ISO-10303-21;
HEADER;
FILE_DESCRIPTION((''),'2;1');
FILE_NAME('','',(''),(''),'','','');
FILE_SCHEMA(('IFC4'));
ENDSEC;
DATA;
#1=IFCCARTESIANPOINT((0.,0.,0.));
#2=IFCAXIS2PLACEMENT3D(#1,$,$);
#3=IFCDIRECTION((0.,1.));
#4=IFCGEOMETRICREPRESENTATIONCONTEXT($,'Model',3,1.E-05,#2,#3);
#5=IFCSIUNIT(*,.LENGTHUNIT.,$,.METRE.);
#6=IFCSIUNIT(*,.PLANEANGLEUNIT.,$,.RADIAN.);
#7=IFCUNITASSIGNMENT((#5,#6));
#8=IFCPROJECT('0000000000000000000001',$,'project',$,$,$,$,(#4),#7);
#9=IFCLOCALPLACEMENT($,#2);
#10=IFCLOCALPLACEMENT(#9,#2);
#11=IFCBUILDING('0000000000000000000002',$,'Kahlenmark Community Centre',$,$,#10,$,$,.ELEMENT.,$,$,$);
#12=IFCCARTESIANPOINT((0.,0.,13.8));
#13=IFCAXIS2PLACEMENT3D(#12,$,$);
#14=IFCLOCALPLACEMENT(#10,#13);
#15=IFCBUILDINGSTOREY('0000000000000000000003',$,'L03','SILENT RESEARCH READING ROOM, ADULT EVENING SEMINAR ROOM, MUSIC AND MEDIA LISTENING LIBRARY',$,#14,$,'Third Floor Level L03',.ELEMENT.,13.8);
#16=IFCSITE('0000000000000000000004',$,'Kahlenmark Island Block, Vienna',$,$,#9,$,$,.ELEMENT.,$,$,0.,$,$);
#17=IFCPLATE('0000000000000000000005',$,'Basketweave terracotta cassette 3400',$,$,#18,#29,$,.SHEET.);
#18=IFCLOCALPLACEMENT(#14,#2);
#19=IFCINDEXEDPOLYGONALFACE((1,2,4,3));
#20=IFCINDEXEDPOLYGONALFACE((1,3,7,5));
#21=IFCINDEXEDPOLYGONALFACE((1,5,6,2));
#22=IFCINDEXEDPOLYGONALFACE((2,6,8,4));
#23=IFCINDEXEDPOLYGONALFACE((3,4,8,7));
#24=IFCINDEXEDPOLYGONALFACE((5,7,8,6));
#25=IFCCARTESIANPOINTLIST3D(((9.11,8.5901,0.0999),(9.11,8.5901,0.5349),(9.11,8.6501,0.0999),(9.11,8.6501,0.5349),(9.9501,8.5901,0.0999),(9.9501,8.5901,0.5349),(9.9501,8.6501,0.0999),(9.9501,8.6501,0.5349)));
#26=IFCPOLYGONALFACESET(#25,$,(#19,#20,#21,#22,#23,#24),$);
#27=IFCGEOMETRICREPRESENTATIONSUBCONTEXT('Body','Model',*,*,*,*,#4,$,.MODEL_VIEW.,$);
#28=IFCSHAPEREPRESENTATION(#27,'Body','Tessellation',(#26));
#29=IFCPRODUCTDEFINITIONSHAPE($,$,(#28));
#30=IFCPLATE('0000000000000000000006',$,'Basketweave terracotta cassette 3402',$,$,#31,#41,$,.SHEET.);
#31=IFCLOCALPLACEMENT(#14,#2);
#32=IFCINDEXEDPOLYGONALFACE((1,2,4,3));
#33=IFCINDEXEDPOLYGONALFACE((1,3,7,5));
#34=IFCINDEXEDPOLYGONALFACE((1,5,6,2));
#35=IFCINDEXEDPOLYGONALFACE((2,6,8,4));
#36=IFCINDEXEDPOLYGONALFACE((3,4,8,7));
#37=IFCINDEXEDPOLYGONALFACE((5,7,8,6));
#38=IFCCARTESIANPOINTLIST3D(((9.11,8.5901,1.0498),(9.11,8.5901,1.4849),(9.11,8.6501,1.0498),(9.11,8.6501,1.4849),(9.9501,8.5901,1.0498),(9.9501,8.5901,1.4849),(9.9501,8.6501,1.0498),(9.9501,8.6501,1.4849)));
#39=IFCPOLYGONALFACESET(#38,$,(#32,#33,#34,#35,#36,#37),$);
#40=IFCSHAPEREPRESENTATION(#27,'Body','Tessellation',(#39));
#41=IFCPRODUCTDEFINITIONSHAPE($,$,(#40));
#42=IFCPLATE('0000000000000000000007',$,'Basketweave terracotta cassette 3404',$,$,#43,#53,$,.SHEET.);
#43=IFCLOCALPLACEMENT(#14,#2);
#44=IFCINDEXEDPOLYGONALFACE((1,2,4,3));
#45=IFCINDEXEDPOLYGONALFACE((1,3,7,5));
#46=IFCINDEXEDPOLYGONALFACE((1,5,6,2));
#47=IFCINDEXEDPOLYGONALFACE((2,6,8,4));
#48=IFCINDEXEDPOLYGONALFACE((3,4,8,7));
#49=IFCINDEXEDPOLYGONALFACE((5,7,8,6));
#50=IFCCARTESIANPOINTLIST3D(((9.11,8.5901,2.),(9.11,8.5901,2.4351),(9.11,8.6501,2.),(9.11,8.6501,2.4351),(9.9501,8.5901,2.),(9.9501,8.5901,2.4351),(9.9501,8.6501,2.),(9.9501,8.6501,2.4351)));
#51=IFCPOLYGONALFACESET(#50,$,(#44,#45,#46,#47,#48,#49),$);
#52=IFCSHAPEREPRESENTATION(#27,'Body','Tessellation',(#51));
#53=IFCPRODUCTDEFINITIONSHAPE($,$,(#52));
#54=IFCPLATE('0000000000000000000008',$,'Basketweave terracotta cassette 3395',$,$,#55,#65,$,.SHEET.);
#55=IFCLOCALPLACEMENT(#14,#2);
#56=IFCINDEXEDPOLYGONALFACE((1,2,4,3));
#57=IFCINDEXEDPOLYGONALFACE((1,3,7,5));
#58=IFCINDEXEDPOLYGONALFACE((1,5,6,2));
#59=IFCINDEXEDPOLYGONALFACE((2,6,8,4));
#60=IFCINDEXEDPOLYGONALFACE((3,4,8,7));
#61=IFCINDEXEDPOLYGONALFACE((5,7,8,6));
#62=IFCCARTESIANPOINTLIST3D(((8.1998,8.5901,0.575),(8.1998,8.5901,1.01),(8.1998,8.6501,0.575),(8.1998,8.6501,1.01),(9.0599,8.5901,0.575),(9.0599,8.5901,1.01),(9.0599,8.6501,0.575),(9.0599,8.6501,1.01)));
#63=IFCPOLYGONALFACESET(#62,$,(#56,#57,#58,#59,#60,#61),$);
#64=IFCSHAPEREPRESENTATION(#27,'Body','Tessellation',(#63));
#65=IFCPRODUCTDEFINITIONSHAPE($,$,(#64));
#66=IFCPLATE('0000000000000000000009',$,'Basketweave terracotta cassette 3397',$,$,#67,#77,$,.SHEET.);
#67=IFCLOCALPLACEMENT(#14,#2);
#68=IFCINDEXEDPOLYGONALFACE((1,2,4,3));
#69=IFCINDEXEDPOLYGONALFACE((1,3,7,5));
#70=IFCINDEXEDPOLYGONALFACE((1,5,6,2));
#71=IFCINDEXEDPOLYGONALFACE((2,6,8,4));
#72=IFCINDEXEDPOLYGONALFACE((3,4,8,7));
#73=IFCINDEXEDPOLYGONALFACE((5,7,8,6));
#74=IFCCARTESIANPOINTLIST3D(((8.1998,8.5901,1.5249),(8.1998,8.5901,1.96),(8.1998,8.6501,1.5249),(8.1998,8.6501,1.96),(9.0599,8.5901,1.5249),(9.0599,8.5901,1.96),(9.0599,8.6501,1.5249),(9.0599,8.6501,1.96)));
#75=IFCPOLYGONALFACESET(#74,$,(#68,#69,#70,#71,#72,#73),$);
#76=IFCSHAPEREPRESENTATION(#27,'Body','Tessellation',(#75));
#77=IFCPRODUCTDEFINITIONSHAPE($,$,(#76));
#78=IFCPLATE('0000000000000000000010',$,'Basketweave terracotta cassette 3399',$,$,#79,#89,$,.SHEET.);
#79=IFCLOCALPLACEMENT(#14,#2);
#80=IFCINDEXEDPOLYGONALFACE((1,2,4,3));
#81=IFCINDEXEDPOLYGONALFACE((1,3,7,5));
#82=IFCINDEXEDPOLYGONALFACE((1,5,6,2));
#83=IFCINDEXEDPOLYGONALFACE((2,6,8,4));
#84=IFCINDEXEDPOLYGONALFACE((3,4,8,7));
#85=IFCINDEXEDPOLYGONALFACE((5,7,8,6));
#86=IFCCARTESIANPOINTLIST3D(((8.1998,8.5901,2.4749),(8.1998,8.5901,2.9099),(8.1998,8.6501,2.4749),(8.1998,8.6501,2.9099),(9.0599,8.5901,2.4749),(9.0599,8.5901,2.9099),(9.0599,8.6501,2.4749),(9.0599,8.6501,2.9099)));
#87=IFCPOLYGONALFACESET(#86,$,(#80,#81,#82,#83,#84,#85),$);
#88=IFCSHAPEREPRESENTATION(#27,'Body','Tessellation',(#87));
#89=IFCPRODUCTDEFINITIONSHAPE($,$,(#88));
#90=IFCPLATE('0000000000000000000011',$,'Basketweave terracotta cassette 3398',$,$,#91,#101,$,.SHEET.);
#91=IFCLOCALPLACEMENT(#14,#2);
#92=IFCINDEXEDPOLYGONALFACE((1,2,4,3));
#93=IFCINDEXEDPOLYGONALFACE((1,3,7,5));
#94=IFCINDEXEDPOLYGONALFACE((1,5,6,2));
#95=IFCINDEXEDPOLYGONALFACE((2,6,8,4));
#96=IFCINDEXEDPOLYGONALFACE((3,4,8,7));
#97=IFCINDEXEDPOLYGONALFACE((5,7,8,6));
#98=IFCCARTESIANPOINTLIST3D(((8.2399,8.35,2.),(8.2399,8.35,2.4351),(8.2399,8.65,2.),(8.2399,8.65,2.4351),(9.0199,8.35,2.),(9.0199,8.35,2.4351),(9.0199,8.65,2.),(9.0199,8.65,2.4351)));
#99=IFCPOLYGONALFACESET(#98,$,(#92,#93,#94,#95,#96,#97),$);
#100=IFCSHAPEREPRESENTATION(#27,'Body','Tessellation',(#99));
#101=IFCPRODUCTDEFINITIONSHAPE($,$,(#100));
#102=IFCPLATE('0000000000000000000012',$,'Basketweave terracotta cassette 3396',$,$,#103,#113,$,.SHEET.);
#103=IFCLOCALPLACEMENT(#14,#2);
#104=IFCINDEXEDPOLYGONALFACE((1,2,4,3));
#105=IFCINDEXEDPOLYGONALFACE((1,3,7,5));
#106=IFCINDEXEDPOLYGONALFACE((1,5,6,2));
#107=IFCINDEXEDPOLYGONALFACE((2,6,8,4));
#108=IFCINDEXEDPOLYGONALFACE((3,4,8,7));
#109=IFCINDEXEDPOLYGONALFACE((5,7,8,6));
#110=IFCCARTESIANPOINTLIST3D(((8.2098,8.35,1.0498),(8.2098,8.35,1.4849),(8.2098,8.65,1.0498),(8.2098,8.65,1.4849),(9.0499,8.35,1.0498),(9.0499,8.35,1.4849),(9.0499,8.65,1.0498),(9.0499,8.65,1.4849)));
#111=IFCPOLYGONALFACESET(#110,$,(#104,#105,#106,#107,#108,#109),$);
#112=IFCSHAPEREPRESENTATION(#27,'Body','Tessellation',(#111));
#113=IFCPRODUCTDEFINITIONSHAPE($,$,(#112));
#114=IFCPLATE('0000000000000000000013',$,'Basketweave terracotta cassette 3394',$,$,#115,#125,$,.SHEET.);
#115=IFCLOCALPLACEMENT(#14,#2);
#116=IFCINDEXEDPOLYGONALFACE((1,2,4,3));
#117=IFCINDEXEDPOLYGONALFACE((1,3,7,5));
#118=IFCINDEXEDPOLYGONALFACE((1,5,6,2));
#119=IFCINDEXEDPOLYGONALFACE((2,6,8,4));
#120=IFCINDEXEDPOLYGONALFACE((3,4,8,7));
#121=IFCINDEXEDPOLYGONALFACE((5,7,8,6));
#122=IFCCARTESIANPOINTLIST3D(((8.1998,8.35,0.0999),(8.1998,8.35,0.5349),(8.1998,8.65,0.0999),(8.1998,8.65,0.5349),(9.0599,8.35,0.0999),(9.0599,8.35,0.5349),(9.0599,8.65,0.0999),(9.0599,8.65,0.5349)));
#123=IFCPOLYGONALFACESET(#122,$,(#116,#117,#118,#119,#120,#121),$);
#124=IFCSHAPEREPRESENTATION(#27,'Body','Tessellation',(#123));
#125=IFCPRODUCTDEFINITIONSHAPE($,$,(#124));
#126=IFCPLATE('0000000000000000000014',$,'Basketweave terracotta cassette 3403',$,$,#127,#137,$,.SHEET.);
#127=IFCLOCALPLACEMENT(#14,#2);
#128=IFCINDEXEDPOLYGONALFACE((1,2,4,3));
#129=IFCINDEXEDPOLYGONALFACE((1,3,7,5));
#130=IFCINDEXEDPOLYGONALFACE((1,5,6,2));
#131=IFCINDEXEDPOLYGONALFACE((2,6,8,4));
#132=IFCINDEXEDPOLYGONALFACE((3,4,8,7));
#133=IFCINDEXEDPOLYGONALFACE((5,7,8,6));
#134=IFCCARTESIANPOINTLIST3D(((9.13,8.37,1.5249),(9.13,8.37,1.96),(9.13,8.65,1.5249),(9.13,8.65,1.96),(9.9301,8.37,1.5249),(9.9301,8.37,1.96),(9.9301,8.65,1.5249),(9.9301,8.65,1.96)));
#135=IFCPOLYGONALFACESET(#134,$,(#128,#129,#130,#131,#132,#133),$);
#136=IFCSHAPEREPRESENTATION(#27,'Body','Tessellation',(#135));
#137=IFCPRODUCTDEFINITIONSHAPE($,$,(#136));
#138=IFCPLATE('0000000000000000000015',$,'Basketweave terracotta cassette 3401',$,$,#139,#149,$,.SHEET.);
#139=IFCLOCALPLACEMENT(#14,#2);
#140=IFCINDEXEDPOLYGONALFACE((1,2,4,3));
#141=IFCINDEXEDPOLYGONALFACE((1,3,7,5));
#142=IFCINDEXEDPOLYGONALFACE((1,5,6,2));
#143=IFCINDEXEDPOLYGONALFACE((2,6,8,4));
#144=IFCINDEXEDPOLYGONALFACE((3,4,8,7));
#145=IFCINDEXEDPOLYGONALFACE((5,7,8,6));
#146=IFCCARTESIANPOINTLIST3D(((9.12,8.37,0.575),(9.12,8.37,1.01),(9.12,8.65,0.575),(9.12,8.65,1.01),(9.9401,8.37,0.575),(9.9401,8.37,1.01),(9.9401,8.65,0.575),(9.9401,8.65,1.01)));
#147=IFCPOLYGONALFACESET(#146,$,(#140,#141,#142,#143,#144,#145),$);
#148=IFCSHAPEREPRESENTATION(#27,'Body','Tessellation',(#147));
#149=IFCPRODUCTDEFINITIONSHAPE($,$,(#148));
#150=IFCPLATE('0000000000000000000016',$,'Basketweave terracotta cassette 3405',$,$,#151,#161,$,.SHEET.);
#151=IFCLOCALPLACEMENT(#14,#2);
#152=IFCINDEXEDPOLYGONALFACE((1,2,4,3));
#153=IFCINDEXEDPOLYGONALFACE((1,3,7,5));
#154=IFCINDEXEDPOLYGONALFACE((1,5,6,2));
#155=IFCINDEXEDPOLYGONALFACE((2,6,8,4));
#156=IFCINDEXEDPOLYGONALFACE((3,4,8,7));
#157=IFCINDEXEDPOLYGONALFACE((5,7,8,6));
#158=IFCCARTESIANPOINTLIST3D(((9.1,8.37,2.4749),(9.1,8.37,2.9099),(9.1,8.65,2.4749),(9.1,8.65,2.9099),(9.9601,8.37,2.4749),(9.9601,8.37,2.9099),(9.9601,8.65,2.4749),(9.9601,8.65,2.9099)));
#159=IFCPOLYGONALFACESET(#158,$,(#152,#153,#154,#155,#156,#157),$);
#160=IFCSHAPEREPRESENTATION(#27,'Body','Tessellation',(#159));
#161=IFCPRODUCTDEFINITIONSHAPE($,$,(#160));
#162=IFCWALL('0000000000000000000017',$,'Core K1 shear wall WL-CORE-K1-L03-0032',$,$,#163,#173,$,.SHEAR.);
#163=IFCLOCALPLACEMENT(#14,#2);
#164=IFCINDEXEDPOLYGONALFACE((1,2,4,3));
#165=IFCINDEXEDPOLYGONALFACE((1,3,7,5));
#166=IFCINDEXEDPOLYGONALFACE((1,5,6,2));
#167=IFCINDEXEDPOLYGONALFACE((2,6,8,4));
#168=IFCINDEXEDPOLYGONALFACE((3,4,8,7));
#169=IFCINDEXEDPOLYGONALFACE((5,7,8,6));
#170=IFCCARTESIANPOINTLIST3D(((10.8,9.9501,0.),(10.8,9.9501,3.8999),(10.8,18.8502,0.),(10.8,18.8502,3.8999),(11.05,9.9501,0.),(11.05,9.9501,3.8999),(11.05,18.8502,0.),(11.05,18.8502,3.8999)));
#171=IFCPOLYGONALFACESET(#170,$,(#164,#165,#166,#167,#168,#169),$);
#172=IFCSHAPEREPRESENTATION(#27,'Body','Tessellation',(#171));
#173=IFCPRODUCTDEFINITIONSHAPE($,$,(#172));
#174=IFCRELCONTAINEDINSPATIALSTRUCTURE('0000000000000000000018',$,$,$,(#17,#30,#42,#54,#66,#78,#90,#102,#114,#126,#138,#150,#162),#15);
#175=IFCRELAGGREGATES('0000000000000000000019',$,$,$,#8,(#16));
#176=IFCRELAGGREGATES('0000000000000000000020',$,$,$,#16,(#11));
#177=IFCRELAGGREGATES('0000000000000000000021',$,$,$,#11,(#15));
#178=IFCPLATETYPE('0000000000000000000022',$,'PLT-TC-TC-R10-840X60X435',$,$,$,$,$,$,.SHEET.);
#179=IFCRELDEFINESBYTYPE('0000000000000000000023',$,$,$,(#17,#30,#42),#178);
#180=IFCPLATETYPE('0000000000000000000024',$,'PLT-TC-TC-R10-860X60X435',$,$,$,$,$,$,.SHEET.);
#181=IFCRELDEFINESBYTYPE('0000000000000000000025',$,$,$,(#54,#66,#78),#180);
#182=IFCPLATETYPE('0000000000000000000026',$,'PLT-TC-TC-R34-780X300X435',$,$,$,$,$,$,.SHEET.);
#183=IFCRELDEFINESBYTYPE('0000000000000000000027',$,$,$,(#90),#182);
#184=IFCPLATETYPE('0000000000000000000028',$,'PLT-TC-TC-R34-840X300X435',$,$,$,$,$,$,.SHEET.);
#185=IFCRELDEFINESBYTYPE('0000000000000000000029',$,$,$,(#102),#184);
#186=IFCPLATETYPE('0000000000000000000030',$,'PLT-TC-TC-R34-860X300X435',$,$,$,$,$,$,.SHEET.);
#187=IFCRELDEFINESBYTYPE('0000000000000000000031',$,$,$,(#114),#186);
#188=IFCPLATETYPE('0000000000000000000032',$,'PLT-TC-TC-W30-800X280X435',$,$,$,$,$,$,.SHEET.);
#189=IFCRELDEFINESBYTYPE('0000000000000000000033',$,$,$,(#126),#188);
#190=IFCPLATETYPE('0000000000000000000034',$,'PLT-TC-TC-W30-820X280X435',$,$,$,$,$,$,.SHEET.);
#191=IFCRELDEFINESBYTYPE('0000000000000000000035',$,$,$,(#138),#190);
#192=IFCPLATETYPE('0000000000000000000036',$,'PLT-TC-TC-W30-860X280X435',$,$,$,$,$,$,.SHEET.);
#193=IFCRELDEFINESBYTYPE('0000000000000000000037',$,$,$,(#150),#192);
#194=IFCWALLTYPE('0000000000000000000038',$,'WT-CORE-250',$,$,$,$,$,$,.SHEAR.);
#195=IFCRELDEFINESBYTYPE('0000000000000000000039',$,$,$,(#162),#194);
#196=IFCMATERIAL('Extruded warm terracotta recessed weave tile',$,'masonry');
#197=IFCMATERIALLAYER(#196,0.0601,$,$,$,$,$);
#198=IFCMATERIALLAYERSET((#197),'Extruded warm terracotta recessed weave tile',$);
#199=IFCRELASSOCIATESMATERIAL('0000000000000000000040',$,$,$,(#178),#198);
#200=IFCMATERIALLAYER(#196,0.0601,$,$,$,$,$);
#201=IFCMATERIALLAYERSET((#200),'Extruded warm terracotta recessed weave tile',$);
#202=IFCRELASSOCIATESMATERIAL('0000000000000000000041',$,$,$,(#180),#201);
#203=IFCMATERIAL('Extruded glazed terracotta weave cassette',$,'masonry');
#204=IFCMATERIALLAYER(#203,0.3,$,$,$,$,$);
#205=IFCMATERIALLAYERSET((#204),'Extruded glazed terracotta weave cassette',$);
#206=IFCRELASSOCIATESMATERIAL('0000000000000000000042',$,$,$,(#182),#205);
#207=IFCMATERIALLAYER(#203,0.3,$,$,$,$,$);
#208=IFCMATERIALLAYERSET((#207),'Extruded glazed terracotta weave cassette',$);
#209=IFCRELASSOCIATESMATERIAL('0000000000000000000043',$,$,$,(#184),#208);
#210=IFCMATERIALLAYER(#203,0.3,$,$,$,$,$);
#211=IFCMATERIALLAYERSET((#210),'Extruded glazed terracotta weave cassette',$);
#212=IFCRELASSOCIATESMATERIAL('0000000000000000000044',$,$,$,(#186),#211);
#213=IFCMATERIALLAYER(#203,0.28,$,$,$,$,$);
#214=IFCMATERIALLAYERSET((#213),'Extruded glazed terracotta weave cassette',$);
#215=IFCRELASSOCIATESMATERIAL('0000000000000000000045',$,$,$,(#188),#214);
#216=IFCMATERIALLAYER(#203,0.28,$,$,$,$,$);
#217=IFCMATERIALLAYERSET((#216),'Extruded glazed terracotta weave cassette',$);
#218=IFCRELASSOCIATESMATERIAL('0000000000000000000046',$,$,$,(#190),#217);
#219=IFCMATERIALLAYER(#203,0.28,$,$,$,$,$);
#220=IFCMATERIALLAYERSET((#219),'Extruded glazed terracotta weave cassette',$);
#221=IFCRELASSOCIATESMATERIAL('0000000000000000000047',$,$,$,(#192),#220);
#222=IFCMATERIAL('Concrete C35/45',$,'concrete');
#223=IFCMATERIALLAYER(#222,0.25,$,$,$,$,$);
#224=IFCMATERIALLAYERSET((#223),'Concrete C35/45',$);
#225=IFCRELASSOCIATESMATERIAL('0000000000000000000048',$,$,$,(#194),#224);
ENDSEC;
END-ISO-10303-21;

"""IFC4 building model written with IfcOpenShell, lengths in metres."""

from ifc_helpers import new_model, si_unit, direction, frame, frame_2d, origin, origin_2d, place, context, subcontext, project, spatial, rectangle, extrude, material, layer, layer_set, type_object, element, save


model = new_model("IFC4")

# Units and contexts
model_context = context("Model", 3, precision=1e-05, world=origin(), true_north=direction((0.0, 1.0)))
body_context = subcontext(model_context, "Body", "Model", "MODEL_VIEW")
ifc_project = project(units=[si_unit("LENGTHUNIT", "METRE"), si_unit("PLANEANGLEUNIT", "RADIAN")], contexts=[model_context])

# Site, building, storey
site_placement = place(None, origin())
site = spatial("IfcSite", under=ifc_project, at=site_placement, Name="Kahlenmark Island Block, Vienna", CompositionType="ELEMENT", RefElevation=0.0)
building_placement = place(site_placement, origin())
building = spatial("IfcBuilding", under=site, at=building_placement, Name="Kahlenmark Community Centre", CompositionType="ELEMENT")
storey_placement = place(building_placement, frame((0.0, 0.0, 13.8)))
storey = spatial("IfcBuildingStorey", under=building, at=storey_placement, Name="L03", Description="SILENT RESEARCH READING ROOM, ADULT EVENING SEMINAR ROOM, MUSIC AND MEDIA LISTENING LIBRARY", LongName="Third Floor Level L03", CompositionType="ELEMENT", Elevation=13.8)

# Plates
ifc_material_1 = material(Name="Extruded warm terracotta recessed weave tile", Category="masonry")
ifc_layer_1 = layer(ifc_material_1, 0.0601)
ifc_layer_set_1 = layer_set([ifc_layer_1], Name="Extruded warm terracotta recessed weave tile")
plate_type_1 = type_object("IfcPlateType", Name="PLT-TC-TC-R10-840X60X435", PredefinedType="SHEET", material=ifc_layer_set_1)
for number, where, z_axis, x_axis, name in (
    (1, (9.53, 8.6201, 0.0999), (0.0, 0.0, 1.0), (1.0, 0.0, 0.0), "Basketweave terracotta cassette 3400"),
    (2, (9.53, 8.6201, 1.0498), (0.0, 0.0, 1.0), (1.0, 0.0, 0.0), "Basketweave terracotta cassette 3402"),
    (3, (9.53, 8.6201, 2.0), (0.0, 0.0, 1.0), (1.0, 0.0, 0.0), "Basketweave terracotta cassette 3404"),
):
    element("IfcPlate", number, at=place(storey_placement, frame(where, z_axis=z_axis, x_axis=x_axis)), inside=storey, type_object=plate_type_1, Name=name, PredefinedType="SHEET", context=body_context, shape_type="SweptSolid", body=[
        extrude(rectangle(XDim=0.8401, YDim=0.0601, at=origin_2d()), origin(), (0.0, 0.0, 1.0), 0.4351),
    ])
ifc_layer_2 = layer(ifc_material_1, 0.0601)
ifc_layer_set_2 = layer_set([ifc_layer_2], Name="Extruded warm terracotta recessed weave tile")
plate_type_2 = type_object("IfcPlateType", Name="PLT-TC-TC-R10-860X60X435", PredefinedType="SHEET", material=ifc_layer_set_2)
for number, where, z_axis, x_axis, name in (
    (4, (8.6299, 8.6201, 0.575), (0.0, 0.0, 1.0), (1.0, 0.0, 0.0), "Basketweave terracotta cassette 3395"),
    (5, (8.6299, 8.6201, 1.5249), (0.0, 0.0, 1.0), (1.0, 0.0, 0.0), "Basketweave terracotta cassette 3397"),
    (6, (8.6299, 8.6201, 2.4749), (0.0, 0.0, 1.0), (1.0, 0.0, 0.0), "Basketweave terracotta cassette 3399"),
):
    element("IfcPlate", number, at=place(storey_placement, frame(where, z_axis=z_axis, x_axis=x_axis)), inside=storey, type_object=plate_type_2, Name=name, PredefinedType="SHEET", context=body_context, shape_type="SweptSolid", body=[
        extrude(rectangle(XDim=0.8601, YDim=0.0601, at=origin_2d()), origin(), (0.0, 0.0, 1.0), 0.4351),
    ])
ifc_material_2 = material(Name="Extruded glazed terracotta weave cassette", Category="masonry")
ifc_layer_3 = layer(ifc_material_2, 0.3)
ifc_layer_set_3 = layer_set([ifc_layer_3], Name="Extruded glazed terracotta weave cassette")
plate_type_3 = type_object("IfcPlateType", Name="PLT-TC-TC-R34-780X300X435", PredefinedType="SHEET", material=ifc_layer_set_3)
plate_1_placement = place(storey_placement, frame((8.6299, 8.5, 2.0), z_axis=(0.0, 0.0, 1.0), x_axis=(1.0, 0.0, 0.0)))
element("IfcPlate", 7, at=plate_1_placement, inside=storey, type_object=plate_type_3, Name="Basketweave terracotta cassette 3398", PredefinedType="SHEET", context=body_context, shape_type="SweptSolid", body=[
    extrude(rectangle(XDim=0.78, YDim=0.3, at=origin_2d()), origin(), (0.0, 0.0, 1.0), 0.4351),
])
ifc_layer_4 = layer(ifc_material_2, 0.3)
ifc_layer_set_4 = layer_set([ifc_layer_4], Name="Extruded glazed terracotta weave cassette")
plate_type_4 = type_object("IfcPlateType", Name="PLT-TC-TC-R34-840X300X435", PredefinedType="SHEET", material=ifc_layer_set_4)
plate_2_placement = place(storey_placement, frame((8.6299, 8.5, 1.0498), z_axis=(0.0, 0.0, 1.0), x_axis=(1.0, 0.0, 0.0)))
element("IfcPlate", 8, at=plate_2_placement, inside=storey, type_object=plate_type_4, Name="Basketweave terracotta cassette 3396", PredefinedType="SHEET", context=body_context, shape_type="SweptSolid", body=[
    extrude(rectangle(XDim=0.8401, YDim=0.3, at=origin_2d()), origin(), (0.0, 0.0, 1.0), 0.4351),
])
ifc_layer_5 = layer(ifc_material_2, 0.3)
ifc_layer_set_5 = layer_set([ifc_layer_5], Name="Extruded glazed terracotta weave cassette")
plate_type_5 = type_object("IfcPlateType", Name="PLT-TC-TC-R34-860X300X435", PredefinedType="SHEET", material=ifc_layer_set_5)
plate_3_placement = place(storey_placement, frame((8.6299, 8.5, 0.0999), z_axis=(0.0, 0.0, 1.0), x_axis=(1.0, 0.0, 0.0)))
element("IfcPlate", 9, at=plate_3_placement, inside=storey, type_object=plate_type_5, Name="Basketweave terracotta cassette 3394", PredefinedType="SHEET", context=body_context, shape_type="SweptSolid", body=[
    extrude(rectangle(XDim=0.8601, YDim=0.3, at=origin_2d()), origin(), (0.0, 0.0, 1.0), 0.4351),
])
ifc_layer_6 = layer(ifc_material_2, 0.28)
ifc_layer_set_6 = layer_set([ifc_layer_6], Name="Extruded glazed terracotta weave cassette")
plate_type_6 = type_object("IfcPlateType", Name="PLT-TC-TC-W30-800X280X435", PredefinedType="SHEET", material=ifc_layer_set_6)
plate_4_placement = place(storey_placement, frame((9.53, 8.51, 1.5249), z_axis=(0.0, 0.0, 1.0), x_axis=(1.0, 0.0, 0.0)))
element("IfcPlate", 10, at=plate_4_placement, inside=storey, type_object=plate_type_6, Name="Basketweave terracotta cassette 3403", PredefinedType="SHEET", context=body_context, shape_type="SweptSolid", body=[
    extrude(rectangle(XDim=0.8, YDim=0.28, at=origin_2d()), origin(), (0.0, 0.0, 1.0), 0.4351),
])
ifc_layer_7 = layer(ifc_material_2, 0.28)
ifc_layer_set_7 = layer_set([ifc_layer_7], Name="Extruded glazed terracotta weave cassette")
plate_type_7 = type_object("IfcPlateType", Name="PLT-TC-TC-W30-820X280X435", PredefinedType="SHEET", material=ifc_layer_set_7)
plate_5_placement = place(storey_placement, frame((9.53, 8.51, 0.575), z_axis=(0.0, 0.0, 1.0), x_axis=(1.0, 0.0, 0.0)))
element("IfcPlate", 11, at=plate_5_placement, inside=storey, type_object=plate_type_7, Name="Basketweave terracotta cassette 3401", PredefinedType="SHEET", context=body_context, shape_type="SweptSolid", body=[
    extrude(rectangle(XDim=0.8201, YDim=0.28, at=origin_2d()), origin(), (0.0, 0.0, 1.0), 0.4351),
])
ifc_layer_8 = layer(ifc_material_2, 0.28)
ifc_layer_set_8 = layer_set([ifc_layer_8], Name="Extruded glazed terracotta weave cassette")
plate_type_8 = type_object("IfcPlateType", Name="PLT-TC-TC-W30-860X280X435", PredefinedType="SHEET", material=ifc_layer_set_8)
plate_6_placement = place(storey_placement, frame((9.53, 8.51, 2.4749), z_axis=(0.0, 0.0, 1.0), x_axis=(1.0, 0.0, 0.0)))
element("IfcPlate", 12, at=plate_6_placement, inside=storey, type_object=plate_type_8, Name="Basketweave terracotta cassette 3405", PredefinedType="SHEET", context=body_context, shape_type="SweptSolid", body=[
    extrude(rectangle(XDim=0.8601, YDim=0.28, at=origin_2d()), origin(), (0.0, 0.0, 1.0), 0.4351),
])

# Wall
ifc_material_3 = material(Name="Concrete C35/45", Category="concrete")
ifc_layer_9 = layer(ifc_material_3, 0.25)
ifc_layer_set_9 = layer_set([ifc_layer_9], Name="Concrete C35/45")
wall_type = type_object("IfcWallType", Name="WT-CORE-250", PredefinedType="SHEAR", material=ifc_layer_set_9)
wall_placement = place(storey_placement, frame((10.925, 9.95, 0.0), z_axis=(0.0, 0.0, 1.0), x_axis=(0.0, 1.0, 0.0)))
element("IfcWall", 13, at=wall_placement, inside=storey, type_object=wall_type, Name="Core K1 shear wall WL-CORE-K1-L03-0032", PredefinedType="SHEAR", context=body_context, shape_type="SweptSolid", body=[
    extrude(rectangle(XDim=8.9001, YDim=0.25, at=frame_2d((4.4502, 0.0))), origin(), (0.0, 0.0, 1.0), 3.8999),
])

save(model, "model.ifc")
